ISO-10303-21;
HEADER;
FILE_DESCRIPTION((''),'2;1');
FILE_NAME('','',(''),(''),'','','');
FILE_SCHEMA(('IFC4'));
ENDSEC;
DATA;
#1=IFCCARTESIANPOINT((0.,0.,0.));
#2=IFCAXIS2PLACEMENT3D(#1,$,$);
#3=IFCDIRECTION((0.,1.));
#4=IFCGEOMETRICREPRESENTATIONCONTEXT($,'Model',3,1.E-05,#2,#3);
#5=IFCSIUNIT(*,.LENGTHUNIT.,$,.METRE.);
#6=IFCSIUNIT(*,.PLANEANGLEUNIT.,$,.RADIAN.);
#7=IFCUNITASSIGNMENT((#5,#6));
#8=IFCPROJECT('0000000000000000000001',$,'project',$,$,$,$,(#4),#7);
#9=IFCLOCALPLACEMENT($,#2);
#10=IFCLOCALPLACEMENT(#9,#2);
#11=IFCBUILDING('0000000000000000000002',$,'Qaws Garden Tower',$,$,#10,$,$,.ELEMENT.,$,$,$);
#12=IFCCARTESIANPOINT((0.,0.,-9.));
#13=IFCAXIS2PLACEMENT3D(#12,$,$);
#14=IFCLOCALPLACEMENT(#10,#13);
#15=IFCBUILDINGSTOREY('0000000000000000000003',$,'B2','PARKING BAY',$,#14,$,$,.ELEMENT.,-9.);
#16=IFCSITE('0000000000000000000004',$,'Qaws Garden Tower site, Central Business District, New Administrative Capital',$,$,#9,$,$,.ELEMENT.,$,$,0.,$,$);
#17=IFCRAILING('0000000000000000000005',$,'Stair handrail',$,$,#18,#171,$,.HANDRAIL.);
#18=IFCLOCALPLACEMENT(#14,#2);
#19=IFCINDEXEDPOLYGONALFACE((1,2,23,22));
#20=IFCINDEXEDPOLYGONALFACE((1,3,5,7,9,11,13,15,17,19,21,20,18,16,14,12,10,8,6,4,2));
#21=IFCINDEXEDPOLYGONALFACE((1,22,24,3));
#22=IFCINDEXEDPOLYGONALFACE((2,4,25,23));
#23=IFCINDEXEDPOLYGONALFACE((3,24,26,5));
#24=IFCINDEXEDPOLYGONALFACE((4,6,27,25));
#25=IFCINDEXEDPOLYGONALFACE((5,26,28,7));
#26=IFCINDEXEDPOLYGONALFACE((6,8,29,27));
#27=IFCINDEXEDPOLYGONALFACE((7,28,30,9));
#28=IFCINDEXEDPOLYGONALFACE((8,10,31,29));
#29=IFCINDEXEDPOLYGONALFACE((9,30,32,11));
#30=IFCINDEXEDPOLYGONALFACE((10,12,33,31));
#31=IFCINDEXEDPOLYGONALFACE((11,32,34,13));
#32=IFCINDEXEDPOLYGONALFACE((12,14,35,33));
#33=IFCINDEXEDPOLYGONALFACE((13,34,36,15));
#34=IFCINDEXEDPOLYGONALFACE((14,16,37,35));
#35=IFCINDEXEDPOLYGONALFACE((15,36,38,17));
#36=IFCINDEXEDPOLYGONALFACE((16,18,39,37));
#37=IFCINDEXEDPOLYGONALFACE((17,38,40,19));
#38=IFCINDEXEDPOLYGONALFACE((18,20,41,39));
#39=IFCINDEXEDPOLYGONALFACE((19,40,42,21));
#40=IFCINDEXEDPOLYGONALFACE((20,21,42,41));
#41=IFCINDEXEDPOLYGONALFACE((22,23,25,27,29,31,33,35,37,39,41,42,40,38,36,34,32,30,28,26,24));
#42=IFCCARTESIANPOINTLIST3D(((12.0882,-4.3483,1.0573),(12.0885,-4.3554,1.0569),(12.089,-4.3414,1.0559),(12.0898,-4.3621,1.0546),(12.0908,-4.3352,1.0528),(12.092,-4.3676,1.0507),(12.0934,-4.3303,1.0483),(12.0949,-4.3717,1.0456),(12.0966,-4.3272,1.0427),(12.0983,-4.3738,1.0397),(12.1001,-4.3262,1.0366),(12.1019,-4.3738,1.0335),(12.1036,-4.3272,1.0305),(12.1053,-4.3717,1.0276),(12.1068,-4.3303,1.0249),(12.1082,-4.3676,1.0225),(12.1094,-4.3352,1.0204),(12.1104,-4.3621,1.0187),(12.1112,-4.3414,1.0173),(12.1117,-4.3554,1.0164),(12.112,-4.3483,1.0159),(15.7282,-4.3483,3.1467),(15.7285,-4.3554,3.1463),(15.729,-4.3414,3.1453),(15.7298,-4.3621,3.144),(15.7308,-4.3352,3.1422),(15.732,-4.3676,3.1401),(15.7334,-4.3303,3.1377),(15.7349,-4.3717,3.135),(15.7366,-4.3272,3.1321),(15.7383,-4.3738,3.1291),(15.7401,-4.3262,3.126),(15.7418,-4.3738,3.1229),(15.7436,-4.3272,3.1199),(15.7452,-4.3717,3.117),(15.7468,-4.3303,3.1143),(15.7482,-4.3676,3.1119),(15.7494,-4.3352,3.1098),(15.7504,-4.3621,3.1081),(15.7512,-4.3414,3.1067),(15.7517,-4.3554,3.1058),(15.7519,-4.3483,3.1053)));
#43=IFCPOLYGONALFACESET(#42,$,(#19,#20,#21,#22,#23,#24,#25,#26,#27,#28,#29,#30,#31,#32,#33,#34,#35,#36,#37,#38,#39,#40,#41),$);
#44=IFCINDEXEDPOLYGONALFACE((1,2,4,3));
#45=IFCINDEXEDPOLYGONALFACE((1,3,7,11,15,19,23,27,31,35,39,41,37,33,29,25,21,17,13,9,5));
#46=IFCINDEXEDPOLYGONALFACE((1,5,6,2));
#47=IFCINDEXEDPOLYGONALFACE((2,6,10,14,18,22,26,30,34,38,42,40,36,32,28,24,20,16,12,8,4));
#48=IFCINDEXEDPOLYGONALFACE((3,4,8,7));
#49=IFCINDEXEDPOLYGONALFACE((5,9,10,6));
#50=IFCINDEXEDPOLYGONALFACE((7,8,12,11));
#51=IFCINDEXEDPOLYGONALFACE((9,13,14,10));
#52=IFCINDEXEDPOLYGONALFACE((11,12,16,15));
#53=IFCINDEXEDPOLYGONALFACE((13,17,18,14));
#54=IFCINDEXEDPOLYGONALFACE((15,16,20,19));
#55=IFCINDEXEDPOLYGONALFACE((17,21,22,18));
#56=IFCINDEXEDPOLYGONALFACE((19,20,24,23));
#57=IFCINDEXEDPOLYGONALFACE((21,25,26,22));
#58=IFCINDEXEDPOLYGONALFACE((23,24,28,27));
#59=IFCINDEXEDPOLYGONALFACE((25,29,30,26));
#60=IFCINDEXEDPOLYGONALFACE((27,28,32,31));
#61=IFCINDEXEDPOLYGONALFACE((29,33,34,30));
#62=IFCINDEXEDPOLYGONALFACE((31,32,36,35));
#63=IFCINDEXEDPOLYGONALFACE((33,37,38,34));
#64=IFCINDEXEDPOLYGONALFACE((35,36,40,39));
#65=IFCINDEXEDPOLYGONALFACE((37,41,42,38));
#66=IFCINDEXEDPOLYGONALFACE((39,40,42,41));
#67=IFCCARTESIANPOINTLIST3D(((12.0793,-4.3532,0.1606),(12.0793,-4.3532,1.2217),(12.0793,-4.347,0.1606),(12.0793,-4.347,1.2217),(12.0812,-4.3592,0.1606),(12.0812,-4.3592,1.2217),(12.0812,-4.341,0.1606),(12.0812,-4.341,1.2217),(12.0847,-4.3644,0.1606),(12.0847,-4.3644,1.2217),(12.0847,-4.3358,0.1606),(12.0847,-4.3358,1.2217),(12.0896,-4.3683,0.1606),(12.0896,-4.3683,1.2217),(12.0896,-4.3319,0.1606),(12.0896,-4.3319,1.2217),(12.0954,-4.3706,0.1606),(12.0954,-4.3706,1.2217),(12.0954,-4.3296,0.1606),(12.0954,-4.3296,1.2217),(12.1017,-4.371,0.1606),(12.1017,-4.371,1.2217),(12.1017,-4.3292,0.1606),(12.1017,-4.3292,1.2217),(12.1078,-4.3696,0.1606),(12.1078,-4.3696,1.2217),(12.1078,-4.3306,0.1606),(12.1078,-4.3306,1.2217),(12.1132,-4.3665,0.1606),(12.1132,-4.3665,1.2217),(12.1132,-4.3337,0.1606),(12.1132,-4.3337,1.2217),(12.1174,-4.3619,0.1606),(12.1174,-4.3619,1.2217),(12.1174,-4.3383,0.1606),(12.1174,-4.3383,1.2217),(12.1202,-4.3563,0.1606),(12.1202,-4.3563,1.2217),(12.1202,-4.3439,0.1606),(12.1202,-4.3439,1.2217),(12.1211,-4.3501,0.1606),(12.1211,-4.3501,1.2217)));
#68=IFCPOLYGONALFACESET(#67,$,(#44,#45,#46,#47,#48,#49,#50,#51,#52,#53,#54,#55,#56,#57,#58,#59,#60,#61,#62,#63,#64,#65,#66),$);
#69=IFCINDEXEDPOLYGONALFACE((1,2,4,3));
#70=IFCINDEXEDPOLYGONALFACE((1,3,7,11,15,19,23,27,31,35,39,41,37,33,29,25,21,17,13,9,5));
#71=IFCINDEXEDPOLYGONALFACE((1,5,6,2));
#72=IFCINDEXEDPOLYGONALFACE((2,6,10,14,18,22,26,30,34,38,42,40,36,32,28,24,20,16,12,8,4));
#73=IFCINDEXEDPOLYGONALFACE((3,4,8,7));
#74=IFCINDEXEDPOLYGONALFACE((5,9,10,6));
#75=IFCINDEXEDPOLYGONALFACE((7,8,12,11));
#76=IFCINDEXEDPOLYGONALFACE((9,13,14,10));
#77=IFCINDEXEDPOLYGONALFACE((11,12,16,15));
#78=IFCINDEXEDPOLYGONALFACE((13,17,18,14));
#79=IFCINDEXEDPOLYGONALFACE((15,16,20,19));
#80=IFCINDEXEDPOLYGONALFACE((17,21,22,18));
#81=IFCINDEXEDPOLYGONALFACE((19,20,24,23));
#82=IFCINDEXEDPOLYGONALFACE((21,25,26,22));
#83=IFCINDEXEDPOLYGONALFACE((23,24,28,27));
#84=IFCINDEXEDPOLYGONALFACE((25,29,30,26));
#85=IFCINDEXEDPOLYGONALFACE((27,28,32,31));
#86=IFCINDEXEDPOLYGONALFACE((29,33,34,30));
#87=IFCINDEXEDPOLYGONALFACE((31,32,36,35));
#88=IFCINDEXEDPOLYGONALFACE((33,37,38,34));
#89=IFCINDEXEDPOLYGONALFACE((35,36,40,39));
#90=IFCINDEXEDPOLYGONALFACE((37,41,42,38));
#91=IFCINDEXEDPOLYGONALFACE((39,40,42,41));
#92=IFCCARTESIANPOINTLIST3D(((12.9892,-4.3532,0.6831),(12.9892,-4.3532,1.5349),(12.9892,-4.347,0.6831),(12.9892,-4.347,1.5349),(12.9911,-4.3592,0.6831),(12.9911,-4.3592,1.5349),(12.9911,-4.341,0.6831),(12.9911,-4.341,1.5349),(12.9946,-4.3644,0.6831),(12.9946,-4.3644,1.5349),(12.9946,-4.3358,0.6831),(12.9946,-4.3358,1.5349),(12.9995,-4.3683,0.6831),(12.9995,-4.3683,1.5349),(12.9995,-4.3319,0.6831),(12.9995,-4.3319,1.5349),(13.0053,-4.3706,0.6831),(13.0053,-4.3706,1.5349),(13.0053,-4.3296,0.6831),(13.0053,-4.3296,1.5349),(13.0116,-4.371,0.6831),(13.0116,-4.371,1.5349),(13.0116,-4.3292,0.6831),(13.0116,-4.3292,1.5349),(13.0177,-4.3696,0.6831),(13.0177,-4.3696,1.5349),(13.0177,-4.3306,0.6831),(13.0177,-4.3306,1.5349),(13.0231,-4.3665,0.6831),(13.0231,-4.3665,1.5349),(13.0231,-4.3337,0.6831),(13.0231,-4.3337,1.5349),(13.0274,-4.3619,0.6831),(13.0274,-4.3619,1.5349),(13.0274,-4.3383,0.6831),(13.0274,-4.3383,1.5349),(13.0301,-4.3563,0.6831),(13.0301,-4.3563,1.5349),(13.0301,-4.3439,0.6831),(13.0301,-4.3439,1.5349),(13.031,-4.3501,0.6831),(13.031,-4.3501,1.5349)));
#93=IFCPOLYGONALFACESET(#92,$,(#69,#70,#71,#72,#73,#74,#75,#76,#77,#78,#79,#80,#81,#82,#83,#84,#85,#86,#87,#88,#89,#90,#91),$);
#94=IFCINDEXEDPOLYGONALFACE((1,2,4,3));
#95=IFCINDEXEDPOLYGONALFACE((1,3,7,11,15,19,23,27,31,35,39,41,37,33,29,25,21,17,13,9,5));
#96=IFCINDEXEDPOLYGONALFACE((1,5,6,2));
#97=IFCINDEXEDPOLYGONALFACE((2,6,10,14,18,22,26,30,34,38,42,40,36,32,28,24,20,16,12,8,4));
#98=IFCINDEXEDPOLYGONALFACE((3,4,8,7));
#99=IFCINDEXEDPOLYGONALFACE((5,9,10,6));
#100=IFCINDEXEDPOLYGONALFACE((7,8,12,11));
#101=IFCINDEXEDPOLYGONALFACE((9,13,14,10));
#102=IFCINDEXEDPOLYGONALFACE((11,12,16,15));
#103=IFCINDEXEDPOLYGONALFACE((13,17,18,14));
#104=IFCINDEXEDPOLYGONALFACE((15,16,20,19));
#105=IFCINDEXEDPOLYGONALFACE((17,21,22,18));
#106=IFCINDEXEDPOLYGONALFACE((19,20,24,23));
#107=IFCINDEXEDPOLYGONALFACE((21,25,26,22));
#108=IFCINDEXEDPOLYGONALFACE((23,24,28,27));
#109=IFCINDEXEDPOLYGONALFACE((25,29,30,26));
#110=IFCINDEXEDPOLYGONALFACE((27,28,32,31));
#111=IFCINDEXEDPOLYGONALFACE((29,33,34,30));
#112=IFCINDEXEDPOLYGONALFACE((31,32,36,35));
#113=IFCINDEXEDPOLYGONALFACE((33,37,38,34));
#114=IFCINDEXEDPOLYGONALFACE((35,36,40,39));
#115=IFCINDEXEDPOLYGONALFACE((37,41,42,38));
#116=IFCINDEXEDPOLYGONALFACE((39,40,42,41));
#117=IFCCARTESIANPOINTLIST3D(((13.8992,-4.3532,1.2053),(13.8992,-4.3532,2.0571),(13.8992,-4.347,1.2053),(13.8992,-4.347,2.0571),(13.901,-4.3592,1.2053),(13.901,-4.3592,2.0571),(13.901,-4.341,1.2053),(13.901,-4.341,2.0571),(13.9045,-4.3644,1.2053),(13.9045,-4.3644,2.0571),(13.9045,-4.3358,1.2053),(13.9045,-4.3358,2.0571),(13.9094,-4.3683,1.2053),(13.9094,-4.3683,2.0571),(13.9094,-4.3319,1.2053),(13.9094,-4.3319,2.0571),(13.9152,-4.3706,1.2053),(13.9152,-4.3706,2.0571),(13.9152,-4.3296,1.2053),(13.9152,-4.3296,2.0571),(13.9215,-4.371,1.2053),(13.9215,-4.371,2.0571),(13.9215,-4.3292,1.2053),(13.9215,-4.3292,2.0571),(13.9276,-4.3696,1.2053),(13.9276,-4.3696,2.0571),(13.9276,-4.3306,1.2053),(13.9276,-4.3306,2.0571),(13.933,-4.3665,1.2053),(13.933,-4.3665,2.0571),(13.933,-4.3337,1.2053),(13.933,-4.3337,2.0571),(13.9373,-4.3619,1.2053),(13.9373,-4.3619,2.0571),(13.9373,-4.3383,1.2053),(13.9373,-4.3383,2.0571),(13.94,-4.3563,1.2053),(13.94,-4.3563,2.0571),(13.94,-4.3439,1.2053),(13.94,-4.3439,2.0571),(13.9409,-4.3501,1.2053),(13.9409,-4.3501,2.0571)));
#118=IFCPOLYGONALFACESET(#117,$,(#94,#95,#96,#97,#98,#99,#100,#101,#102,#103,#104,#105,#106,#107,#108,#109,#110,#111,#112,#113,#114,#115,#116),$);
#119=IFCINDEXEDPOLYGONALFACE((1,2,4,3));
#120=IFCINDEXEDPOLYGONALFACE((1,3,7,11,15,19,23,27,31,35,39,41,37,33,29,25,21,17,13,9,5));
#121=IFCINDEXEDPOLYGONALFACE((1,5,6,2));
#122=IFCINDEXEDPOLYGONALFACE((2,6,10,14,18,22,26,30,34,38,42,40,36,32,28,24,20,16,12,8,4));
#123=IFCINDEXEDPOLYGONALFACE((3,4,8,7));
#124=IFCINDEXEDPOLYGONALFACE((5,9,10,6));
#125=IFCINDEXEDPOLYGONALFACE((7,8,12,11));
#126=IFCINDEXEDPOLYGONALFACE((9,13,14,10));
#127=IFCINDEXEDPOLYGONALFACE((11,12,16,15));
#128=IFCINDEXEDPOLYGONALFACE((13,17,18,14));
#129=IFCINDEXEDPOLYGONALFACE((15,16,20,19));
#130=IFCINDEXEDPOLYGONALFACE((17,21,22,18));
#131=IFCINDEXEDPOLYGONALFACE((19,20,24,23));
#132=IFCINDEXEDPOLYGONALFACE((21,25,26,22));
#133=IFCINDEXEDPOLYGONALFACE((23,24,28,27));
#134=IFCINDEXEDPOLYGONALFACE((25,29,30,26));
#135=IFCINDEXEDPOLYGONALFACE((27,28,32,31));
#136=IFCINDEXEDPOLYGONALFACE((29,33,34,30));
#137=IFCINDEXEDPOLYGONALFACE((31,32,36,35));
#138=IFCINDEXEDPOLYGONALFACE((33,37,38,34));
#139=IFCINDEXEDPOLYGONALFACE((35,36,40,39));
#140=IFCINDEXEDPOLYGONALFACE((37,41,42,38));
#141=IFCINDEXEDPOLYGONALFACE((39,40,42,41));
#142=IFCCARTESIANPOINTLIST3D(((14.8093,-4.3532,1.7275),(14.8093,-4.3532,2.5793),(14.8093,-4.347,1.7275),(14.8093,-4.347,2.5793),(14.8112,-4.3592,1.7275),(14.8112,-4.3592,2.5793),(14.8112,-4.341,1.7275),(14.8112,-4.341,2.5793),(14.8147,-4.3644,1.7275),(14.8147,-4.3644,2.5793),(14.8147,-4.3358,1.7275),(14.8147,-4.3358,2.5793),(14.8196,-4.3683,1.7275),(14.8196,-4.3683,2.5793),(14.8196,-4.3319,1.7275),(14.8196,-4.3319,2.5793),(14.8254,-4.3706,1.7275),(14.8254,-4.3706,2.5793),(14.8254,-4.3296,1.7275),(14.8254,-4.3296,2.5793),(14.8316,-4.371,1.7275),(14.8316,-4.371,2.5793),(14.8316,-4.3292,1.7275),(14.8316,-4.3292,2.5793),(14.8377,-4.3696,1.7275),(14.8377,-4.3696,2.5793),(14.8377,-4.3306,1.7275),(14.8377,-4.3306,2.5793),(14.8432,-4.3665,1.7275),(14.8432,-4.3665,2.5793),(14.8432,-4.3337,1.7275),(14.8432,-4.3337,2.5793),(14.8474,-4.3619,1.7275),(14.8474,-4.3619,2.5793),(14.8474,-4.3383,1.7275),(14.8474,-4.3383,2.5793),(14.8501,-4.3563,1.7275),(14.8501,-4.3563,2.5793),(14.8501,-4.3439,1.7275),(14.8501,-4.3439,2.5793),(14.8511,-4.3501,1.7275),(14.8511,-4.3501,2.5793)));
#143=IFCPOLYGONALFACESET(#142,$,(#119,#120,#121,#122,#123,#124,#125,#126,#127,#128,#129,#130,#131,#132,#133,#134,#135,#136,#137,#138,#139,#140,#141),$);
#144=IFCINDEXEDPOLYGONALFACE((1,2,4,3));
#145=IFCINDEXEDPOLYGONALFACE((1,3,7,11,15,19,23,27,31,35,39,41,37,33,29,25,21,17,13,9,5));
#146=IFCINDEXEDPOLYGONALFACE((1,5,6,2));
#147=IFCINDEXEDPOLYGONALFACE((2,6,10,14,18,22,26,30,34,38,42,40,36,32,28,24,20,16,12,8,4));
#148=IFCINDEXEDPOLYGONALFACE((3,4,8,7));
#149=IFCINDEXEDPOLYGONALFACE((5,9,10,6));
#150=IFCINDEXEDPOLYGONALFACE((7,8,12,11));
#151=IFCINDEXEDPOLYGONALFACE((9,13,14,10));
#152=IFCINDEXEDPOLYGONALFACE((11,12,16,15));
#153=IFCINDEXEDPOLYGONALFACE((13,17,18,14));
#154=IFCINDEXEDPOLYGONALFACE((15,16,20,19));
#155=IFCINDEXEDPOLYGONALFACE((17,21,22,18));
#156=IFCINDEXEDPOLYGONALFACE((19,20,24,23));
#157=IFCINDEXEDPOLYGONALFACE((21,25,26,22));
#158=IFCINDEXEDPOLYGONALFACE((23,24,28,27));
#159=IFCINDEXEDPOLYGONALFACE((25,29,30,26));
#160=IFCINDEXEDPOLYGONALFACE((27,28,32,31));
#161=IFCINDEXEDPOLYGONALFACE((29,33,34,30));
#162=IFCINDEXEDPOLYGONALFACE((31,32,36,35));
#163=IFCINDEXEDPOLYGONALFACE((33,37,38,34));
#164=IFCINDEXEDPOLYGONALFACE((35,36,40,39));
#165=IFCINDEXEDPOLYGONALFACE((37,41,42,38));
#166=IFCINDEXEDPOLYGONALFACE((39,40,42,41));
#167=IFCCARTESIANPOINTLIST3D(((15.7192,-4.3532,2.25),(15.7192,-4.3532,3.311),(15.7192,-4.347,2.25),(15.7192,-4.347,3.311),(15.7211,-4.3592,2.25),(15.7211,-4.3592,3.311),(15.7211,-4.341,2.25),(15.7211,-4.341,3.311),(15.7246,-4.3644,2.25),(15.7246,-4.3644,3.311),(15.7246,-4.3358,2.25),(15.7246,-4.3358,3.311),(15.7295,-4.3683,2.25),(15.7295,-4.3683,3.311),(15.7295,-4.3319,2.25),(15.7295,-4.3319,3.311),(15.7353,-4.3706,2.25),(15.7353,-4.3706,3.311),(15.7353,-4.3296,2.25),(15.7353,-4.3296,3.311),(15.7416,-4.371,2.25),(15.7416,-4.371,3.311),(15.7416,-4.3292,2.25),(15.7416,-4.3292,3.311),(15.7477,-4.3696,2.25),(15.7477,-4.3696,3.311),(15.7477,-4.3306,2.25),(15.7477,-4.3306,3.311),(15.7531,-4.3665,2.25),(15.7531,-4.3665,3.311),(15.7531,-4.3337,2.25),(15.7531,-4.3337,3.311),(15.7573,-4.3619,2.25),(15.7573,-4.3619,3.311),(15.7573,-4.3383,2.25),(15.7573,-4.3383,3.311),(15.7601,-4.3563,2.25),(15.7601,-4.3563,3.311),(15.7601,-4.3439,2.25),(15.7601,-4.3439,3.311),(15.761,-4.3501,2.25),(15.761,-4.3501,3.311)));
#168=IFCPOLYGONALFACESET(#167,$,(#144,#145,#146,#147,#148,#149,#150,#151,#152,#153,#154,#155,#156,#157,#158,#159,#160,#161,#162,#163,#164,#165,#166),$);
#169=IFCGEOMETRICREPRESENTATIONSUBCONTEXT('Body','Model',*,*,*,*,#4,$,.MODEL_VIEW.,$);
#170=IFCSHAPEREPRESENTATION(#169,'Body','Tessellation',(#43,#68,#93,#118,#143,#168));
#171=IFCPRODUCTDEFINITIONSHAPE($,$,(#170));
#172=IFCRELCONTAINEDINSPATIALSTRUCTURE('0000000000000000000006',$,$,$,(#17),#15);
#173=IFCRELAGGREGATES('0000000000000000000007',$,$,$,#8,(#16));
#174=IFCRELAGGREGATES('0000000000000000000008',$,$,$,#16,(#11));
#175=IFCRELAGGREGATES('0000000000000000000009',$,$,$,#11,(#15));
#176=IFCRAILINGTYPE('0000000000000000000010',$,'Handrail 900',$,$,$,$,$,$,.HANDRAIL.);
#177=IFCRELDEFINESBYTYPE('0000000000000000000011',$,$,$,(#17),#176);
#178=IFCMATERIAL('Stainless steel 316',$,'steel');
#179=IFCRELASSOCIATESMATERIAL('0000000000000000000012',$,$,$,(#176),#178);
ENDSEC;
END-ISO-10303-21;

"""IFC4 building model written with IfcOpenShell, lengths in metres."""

from ifc_helpers import new_model, si_unit, direction, frame, origin, origin_2d, place, context, subcontext, project, spatial, circle, extrude, material, type_object, element, save


model = new_model("IFC4")

# Units and contexts
model_context = context("Model", 3, precision=1e-05, world=origin(), true_north=direction((0.0, 1.0)))
body_context = subcontext(model_context, "Body", "Model", "MODEL_VIEW")
ifc_project = project(units=[si_unit("LENGTHUNIT", "METRE"), si_unit("PLANEANGLEUNIT", "RADIAN")], contexts=[model_context])

# Site, building, storey
site_placement = place(None, origin())
site = spatial("IfcSite", under=ifc_project, at=site_placement, Name="Qaws Garden Tower site, Central Business District, New Administrative Capital", CompositionType="ELEMENT", RefElevation=0.0)
building_placement = place(site_placement, origin())
building = spatial("IfcBuilding", under=site, at=building_placement, Name="Qaws Garden Tower", CompositionType="ELEMENT")
storey_placement = place(building_placement, frame((0.0, 0.0, -9.0)))
storey = spatial("IfcBuildingStorey", under=building, at=storey_placement, Name="B2", Description="PARKING BAY", CompositionType="ELEMENT", Elevation=-9.0)

# Railing
ifc_material_1 = material(Name="Stainless steel 316", Category="steel")
railing_type = type_object("IfcRailingType", Name="Handrail 900", PredefinedType="HANDRAIL", material=ifc_material_1)
for number, where, name in (
    (1, (12.1001, -4.3501, 0.1606), "Stair handrail"),
):
    element("IfcRailing", number, at=place(storey_placement, frame(where)), inside=storey, type_object=railing_type, Name=name, PredefinedType="HANDRAIL", context=body_context, shape_type="SweptSolid", body=[
        extrude(circle(Radius=0.0239, at=origin_2d()), frame((0.0, 0.0, 0.876), z_axis=(0.867275, 0.0, 0.497829), x_axis=(0.0, 1.0, 0.0)), (0.0, 0.0, 1.0), 4.197),
        extrude(circle(Radius=0.021, at=origin_2d()), origin(), (0.0, 0.0, 1.0), 1.061),
        extrude(circle(Radius=0.021, at=origin_2d()), frame((0.9099, 0.0, 0.5225)), (0.0, 0.0, 1.0), 0.8518),
        extrude(circle(Radius=0.021, at=origin_2d()), frame((1.8198, 0.0, 1.0447)), (0.0, 0.0, 1.0), 0.8518),
        extrude(circle(Radius=0.021, at=origin_2d()), frame((2.73, 0.0, 1.5669)), (0.0, 0.0, 1.0), 0.8518),
        extrude(circle(Radius=0.021, at=origin_2d()), frame((3.6399, 0.0, 2.0894)), (0.0, 0.0, 1.0), 1.061),
    ])

save(model, "model.ifc")
